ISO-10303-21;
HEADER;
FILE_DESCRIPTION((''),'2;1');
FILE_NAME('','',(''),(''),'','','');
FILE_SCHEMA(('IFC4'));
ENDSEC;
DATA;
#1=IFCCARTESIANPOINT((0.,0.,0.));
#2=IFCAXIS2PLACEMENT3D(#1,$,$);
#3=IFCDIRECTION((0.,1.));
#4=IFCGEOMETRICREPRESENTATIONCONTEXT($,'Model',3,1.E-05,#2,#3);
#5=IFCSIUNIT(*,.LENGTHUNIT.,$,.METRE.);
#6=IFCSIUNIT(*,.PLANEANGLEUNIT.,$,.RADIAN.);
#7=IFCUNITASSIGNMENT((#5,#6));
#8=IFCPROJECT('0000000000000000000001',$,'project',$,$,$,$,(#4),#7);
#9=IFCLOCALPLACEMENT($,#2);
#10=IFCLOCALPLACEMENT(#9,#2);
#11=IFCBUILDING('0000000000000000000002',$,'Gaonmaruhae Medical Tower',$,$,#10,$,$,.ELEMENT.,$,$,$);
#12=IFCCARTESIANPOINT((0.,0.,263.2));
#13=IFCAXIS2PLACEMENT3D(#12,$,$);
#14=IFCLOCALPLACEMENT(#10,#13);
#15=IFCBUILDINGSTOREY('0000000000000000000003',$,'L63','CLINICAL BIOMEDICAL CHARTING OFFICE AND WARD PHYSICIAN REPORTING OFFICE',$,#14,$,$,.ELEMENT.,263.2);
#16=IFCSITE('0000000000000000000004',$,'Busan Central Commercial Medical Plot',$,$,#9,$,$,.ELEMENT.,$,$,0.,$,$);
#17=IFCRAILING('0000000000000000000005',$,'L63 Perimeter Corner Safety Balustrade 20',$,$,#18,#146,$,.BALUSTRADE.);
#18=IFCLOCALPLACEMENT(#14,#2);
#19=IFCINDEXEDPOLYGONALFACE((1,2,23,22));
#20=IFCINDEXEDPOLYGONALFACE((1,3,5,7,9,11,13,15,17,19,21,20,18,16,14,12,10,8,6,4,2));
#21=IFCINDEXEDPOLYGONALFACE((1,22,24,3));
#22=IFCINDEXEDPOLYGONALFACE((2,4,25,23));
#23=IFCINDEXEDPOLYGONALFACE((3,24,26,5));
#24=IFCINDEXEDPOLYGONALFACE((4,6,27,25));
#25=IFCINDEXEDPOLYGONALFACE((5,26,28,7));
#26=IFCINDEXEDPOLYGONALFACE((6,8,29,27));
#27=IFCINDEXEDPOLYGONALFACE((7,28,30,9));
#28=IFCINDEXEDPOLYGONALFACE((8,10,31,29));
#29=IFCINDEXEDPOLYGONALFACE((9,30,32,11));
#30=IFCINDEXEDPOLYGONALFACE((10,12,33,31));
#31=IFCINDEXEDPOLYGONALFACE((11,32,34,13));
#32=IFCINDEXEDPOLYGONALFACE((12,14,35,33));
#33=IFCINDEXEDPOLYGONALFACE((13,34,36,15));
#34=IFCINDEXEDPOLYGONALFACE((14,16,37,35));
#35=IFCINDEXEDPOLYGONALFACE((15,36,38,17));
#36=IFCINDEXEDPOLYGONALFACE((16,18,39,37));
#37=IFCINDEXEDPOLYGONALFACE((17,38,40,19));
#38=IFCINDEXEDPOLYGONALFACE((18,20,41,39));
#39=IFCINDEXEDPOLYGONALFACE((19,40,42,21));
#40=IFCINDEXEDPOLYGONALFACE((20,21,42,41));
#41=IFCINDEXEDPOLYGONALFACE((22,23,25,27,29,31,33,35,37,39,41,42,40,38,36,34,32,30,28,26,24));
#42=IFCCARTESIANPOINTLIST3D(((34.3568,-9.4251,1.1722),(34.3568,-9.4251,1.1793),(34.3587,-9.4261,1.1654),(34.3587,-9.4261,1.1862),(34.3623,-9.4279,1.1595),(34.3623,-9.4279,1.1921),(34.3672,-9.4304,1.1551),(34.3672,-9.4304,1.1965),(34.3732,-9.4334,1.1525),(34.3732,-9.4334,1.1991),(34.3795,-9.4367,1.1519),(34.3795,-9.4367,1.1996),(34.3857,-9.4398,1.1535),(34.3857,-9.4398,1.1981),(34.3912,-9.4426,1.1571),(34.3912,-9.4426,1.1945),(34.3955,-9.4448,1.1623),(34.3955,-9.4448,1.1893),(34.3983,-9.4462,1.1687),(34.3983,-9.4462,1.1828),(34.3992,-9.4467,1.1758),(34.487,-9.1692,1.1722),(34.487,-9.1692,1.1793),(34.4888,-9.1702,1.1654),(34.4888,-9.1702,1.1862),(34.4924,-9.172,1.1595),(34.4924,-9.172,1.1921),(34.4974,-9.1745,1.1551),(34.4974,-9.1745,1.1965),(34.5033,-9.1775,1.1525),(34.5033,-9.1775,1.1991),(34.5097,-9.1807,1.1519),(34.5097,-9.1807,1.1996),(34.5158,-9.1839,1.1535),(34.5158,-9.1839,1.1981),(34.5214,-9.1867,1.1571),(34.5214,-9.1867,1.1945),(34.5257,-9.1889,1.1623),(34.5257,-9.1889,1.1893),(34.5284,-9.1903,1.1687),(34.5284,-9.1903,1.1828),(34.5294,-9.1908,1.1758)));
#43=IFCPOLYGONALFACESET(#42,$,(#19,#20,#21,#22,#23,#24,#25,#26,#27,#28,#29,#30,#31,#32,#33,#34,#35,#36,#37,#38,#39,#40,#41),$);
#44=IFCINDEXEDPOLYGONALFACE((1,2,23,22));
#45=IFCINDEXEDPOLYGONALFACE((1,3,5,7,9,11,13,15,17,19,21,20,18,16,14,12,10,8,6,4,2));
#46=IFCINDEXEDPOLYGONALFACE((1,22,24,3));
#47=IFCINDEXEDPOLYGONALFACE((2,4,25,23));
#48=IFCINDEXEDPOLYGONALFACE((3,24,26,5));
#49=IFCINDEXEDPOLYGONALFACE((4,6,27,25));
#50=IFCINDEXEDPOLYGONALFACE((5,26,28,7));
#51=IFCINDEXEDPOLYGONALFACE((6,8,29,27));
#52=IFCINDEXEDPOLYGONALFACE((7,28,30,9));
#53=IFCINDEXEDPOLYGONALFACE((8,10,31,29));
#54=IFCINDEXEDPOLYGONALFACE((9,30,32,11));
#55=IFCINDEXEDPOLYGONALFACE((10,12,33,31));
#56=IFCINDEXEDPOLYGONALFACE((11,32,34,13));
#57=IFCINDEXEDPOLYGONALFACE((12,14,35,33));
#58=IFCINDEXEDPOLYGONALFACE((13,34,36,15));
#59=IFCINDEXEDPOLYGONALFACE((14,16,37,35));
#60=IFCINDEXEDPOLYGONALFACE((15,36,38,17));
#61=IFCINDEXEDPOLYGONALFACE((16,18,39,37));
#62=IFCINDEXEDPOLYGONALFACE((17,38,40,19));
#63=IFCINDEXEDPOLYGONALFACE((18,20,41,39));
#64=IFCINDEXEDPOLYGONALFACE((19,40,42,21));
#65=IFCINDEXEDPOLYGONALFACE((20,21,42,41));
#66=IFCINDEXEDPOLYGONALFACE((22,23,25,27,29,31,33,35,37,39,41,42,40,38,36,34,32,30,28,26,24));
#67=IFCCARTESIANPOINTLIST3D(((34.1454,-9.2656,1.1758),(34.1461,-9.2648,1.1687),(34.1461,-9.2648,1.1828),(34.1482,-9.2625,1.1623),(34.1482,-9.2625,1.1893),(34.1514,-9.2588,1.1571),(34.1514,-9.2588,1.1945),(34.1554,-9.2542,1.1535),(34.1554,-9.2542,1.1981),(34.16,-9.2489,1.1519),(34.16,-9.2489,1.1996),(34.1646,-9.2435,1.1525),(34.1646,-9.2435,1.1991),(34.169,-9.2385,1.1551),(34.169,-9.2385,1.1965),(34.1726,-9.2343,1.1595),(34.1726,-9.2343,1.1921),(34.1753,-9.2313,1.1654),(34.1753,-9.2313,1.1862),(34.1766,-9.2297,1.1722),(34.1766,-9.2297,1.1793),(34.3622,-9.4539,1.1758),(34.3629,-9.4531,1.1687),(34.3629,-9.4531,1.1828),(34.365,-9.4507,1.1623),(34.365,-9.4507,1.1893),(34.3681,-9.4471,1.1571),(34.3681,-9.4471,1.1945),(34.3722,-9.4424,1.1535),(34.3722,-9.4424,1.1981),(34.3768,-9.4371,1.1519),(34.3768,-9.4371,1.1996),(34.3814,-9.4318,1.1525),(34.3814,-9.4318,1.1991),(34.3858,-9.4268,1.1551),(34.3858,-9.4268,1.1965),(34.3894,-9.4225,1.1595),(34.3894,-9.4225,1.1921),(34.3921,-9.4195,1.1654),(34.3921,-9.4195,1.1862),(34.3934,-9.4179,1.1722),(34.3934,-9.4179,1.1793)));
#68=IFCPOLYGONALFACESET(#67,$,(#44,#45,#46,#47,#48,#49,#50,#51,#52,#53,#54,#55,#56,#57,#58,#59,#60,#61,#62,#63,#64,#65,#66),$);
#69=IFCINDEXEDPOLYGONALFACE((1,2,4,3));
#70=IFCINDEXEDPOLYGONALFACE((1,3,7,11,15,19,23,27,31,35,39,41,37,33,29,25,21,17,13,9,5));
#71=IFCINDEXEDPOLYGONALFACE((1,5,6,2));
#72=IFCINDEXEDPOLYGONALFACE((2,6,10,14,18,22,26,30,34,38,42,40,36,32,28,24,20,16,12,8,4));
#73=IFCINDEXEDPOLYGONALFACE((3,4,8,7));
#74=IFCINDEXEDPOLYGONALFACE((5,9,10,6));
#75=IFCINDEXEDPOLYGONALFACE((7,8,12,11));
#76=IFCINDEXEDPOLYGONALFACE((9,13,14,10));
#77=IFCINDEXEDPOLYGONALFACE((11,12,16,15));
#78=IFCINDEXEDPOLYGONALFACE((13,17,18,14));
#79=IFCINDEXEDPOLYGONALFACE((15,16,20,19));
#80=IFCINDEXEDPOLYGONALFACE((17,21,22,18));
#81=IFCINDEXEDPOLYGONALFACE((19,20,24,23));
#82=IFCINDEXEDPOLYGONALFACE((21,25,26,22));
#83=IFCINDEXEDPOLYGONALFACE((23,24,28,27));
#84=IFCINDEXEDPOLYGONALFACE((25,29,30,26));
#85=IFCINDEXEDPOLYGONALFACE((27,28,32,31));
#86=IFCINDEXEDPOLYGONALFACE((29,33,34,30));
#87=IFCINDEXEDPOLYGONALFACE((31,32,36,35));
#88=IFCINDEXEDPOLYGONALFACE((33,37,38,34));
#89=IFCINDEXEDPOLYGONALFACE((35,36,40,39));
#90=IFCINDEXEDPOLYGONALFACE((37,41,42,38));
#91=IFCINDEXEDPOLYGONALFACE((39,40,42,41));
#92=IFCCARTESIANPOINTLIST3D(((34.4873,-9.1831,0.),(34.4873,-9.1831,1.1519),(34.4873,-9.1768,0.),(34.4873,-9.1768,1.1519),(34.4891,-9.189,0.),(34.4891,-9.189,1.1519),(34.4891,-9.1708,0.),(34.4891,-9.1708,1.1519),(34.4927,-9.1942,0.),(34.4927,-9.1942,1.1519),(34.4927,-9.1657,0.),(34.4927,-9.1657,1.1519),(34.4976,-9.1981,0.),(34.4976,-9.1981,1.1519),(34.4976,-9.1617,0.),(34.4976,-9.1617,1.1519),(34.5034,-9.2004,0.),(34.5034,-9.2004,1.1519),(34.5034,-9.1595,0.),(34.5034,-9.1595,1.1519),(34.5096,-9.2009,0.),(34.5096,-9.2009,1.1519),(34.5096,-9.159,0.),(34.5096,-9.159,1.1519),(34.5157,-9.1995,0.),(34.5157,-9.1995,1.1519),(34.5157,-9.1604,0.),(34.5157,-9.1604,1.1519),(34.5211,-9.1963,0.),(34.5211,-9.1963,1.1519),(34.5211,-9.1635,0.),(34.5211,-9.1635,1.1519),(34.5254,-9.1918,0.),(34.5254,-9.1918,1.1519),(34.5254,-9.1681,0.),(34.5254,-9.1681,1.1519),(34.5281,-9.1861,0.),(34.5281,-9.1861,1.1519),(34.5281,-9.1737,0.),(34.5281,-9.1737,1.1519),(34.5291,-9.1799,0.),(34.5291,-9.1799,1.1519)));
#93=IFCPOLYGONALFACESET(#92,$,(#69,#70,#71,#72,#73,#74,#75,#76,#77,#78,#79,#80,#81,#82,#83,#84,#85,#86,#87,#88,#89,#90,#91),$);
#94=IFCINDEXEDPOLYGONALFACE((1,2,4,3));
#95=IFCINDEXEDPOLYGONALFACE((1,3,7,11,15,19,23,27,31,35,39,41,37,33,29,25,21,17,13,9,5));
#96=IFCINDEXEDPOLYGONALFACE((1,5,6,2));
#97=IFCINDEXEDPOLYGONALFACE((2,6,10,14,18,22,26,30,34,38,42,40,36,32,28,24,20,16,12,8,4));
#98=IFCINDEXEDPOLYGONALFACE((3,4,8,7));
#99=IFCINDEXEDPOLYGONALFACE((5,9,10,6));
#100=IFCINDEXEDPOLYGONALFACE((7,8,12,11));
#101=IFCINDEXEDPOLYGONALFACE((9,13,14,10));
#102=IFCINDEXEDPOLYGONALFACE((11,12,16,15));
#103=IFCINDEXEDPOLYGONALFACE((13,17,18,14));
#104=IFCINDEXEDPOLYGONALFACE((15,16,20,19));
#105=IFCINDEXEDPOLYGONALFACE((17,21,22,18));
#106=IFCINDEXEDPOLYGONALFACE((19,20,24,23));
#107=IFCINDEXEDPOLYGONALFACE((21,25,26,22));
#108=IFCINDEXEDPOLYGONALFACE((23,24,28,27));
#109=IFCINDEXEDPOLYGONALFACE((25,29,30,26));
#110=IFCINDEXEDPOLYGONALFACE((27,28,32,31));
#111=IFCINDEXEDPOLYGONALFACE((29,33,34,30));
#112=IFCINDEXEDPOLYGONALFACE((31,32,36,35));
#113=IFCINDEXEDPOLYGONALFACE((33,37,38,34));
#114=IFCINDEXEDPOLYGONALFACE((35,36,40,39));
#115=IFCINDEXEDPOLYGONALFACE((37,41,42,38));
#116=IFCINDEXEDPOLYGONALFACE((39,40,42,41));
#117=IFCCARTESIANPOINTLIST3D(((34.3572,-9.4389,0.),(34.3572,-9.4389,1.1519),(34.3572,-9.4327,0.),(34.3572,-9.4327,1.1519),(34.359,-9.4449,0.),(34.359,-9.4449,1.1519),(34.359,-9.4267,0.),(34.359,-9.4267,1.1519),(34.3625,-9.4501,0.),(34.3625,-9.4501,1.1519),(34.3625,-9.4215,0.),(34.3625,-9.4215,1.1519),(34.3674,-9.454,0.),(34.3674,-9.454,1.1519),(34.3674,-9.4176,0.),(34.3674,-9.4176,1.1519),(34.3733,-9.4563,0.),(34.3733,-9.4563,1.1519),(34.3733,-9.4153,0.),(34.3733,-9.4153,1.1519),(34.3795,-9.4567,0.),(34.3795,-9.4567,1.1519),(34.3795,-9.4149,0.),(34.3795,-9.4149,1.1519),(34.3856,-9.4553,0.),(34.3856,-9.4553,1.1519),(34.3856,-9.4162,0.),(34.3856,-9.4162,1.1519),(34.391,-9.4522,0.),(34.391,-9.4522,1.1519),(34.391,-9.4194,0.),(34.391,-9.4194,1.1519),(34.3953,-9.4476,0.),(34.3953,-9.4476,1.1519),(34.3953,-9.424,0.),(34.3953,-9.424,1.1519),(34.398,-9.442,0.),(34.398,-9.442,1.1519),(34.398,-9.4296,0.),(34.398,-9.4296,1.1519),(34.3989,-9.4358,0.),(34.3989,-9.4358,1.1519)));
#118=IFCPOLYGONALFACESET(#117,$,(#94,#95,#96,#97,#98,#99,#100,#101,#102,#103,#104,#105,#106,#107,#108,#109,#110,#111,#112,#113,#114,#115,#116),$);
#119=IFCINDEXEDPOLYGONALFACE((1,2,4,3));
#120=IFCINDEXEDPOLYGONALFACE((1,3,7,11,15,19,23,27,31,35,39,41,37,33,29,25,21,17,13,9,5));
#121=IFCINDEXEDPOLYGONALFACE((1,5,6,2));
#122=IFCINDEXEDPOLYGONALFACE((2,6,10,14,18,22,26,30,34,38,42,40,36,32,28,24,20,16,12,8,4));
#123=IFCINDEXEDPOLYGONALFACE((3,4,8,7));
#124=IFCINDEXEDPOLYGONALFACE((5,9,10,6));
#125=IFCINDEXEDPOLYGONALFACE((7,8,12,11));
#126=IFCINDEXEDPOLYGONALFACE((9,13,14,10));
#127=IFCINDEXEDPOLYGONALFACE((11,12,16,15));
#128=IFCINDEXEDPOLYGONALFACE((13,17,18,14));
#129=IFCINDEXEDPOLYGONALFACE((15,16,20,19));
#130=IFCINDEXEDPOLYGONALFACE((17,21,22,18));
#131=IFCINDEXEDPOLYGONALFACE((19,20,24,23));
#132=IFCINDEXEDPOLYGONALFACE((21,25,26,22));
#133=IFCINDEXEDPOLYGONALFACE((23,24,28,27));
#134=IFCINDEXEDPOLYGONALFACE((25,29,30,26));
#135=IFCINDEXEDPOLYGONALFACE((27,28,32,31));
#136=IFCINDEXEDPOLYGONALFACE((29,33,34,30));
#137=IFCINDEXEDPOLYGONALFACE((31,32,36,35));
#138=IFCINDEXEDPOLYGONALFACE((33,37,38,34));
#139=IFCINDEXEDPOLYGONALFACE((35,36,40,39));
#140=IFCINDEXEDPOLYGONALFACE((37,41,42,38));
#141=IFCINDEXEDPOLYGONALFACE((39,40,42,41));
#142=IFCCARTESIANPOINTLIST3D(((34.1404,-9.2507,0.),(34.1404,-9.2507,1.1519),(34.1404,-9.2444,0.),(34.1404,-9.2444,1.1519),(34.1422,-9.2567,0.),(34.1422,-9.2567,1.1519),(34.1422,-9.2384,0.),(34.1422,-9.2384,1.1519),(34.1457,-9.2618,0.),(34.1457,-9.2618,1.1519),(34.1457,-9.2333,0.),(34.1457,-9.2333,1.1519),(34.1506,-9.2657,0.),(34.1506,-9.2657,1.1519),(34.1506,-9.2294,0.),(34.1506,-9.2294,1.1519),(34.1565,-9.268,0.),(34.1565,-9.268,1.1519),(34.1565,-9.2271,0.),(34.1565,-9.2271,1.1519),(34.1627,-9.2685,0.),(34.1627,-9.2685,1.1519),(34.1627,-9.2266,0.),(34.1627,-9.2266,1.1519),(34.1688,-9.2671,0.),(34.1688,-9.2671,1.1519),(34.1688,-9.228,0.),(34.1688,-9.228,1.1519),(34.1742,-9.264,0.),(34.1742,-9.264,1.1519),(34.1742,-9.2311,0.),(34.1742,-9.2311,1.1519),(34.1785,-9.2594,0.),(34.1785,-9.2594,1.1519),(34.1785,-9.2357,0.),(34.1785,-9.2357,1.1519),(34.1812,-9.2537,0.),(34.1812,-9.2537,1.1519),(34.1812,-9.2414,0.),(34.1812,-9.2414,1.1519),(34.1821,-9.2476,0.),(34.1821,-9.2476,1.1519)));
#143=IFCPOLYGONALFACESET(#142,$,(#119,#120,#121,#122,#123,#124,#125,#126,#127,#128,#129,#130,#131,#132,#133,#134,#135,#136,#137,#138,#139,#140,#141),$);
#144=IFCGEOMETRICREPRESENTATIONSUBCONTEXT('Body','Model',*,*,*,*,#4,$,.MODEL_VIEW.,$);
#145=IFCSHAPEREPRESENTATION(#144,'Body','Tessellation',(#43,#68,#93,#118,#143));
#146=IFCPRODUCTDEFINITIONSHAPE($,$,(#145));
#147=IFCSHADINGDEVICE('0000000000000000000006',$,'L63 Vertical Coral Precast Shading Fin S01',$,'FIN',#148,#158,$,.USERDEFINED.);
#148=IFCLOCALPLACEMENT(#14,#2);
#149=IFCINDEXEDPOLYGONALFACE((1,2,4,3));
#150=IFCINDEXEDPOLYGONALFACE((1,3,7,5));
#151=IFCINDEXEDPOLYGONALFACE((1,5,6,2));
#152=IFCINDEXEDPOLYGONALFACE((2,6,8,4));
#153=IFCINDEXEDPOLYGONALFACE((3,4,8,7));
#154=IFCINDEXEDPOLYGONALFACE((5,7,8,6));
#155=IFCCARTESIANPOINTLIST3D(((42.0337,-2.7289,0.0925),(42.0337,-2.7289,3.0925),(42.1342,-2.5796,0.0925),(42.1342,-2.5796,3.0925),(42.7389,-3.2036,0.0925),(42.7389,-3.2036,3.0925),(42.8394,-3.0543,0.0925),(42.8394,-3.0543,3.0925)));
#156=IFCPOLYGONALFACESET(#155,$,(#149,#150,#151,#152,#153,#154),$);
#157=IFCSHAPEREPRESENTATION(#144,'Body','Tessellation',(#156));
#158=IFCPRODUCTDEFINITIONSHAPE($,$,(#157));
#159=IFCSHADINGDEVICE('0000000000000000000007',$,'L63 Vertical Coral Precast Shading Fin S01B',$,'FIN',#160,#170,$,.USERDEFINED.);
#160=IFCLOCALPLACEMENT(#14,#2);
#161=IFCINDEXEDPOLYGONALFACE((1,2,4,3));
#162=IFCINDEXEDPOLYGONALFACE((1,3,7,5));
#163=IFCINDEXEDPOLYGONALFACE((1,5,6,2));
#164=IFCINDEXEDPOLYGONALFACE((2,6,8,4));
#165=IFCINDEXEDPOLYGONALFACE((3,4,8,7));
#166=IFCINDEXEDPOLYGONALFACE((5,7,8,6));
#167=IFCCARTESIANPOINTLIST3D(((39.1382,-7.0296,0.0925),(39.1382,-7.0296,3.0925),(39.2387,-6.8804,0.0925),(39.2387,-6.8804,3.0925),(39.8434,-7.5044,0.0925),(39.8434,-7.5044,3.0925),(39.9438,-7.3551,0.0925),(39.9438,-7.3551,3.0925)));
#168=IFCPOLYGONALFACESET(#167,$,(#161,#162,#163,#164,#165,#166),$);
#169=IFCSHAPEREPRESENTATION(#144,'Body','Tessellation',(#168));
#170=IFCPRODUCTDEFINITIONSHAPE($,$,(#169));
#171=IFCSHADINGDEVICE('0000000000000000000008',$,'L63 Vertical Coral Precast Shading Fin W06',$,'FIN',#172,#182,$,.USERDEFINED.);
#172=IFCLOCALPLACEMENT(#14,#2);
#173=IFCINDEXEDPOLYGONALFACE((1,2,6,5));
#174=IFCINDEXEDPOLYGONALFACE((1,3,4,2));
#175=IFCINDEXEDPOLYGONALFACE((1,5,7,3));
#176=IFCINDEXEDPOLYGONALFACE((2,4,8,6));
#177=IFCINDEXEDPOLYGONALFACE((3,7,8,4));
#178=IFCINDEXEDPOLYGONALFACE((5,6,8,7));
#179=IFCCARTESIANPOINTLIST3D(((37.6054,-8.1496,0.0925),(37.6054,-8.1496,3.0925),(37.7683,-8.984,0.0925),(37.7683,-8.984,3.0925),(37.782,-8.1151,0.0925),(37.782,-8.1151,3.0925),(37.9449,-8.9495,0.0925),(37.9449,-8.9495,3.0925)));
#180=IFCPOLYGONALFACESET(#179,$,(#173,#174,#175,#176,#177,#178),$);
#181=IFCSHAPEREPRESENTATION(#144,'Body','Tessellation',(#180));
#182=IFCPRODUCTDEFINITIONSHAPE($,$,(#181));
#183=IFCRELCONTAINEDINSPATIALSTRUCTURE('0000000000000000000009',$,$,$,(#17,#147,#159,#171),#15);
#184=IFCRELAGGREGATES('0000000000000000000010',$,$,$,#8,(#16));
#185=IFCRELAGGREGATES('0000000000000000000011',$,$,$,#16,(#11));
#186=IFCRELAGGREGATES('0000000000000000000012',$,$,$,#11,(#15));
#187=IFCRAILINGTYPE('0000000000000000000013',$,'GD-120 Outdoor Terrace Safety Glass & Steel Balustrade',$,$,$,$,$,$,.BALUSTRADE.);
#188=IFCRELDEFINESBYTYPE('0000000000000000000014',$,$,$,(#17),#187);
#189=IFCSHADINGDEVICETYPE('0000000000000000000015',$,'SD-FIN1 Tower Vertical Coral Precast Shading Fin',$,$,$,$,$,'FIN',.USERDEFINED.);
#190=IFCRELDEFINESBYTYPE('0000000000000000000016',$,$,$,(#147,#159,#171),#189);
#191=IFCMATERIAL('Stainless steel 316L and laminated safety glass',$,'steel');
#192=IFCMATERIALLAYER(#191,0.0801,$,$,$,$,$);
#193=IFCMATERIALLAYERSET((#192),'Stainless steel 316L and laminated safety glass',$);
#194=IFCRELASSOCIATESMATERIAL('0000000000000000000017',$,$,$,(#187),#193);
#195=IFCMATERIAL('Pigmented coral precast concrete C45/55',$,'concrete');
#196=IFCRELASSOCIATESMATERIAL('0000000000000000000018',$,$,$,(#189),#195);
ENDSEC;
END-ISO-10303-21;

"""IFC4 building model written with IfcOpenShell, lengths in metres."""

from ifc_helpers import new_model, si_unit, direction, frame, origin, origin_2d, place, context, subcontext, project, spatial, rectangle, circle, extrude, material, layer, layer_set, type_object, element, save


model = new_model("IFC4")

# Units and contexts
model_context = context("Model", 3, precision=1e-05, world=origin(), true_north=direction((0.0, 1.0)))
body_context = subcontext(model_context, "Body", "Model", "MODEL_VIEW")
ifc_project = project(units=[si_unit("LENGTHUNIT", "METRE"), si_unit("PLANEANGLEUNIT", "RADIAN")], contexts=[model_context])

# Site, building, storey
site_placement = place(None, origin())
site = spatial("IfcSite", under=ifc_project, at=site_placement, Name="Busan Central Commercial Medical Plot", CompositionType="ELEMENT", RefElevation=0.0)
building_placement = place(site_placement, origin())
building = spatial("IfcBuilding", under=site, at=building_placement, Name="Gaonmaruhae Medical Tower", CompositionType="ELEMENT")
storey_placement = place(building_placement, frame((0.0, 0.0, 263.2)))
storey = spatial("IfcBuildingStorey", under=building, at=storey_placement, Name="L63", Description="CLINICAL BIOMEDICAL CHARTING OFFICE AND WARD PHYSICIAN REPORTING OFFICE", CompositionType="ELEMENT", Elevation=263.2)

# Railing
ifc_material_1 = material(Name="Stainless steel 316L and laminated safety glass", Category="steel")
ifc_layer_1 = layer(ifc_material_1, 0.0801)
ifc_layer_set_1 = layer_set([ifc_layer_1], Name="Stainless steel 316L and laminated safety glass")
railing_type = type_object("IfcRailingType", Name="GD-120 Outdoor Terrace Safety Glass & Steel Balustrade", PredefinedType="BALUSTRADE", material=ifc_layer_set_1)
for number, where, name in (
    (1, (34.5081, -9.1799, 0.0), "L63 Perimeter Corner Safety Balustrade 20"),
):
    element("IfcRailing", number, at=place(storey_placement, frame(where)), inside=storey, type_object=railing_type, Name=name, PredefinedType="BALUSTRADE", context=body_context, shape_type="SweptSolid", body=[
        extrude(circle(Radius=0.0239, at=origin_2d()), frame((0.0, 0.0, 1.1758), z_axis=(-0.453327, -0.891344, 0.0), x_axis=(0.891344, -0.453327, 0.0)), (0.0, 0.0, 1.0), 0.2871),
        extrude(circle(Radius=0.0239, at=origin_2d()), frame((-0.1301, -0.2559, 1.1758), z_axis=(-0.7551, 0.65561, 0.0), x_axis=(-0.65561, -0.7551, 0.0)), (0.0, 0.0, 1.0), 0.2871),
        extrude(circle(Radius=0.021, at=origin_2d()), origin(), (0.0, 0.0, 1.0), 1.1519),
        extrude(circle(Radius=0.021, at=origin_2d()), frame((-0.1301, -0.2559, 0.0)), (0.0, 0.0, 1.0), 1.1519),
        extrude(circle(Radius=0.021, at=origin_2d()), frame((-0.3469, -0.0676, 0.0)), (0.0, 0.0, 1.0), 1.1519),
    ])

# Shading devices
ifc_material_2 = material(Name="Pigmented coral precast concrete C45/55", Category="concrete")
shading_device_type = type_object("IfcShadingDeviceType", Name="SD-FIN1 Tower Vertical Coral Precast Shading Fin", ElementType="FIN", PredefinedType="USERDEFINED", material=ifc_material_2)
for number, where, z_axis, x_axis, name in (
    (2, (42.4365, -2.8916, 0.0925), (0.0, 0.0, 1.0), (-0.558469, -0.829525, 0.0), "L63 Vertical Coral Precast Shading Fin S01"),
    (3, (39.541, -7.1924, 0.0925), (0.0, 0.0, 1.0), (-0.558469, -0.829525, 0.0), "L63 Vertical Coral Precast Shading Fin S01B"),
    (4, (37.7751, -8.5496, 0.0925), (0.0, 0.0, 1.0), (-0.98146, -0.191666, 0.0), "L63 Vertical Coral Precast Shading Fin W06"),
):
    element("IfcShadingDevice", number, at=place(storey_placement, frame(where, z_axis=z_axis, x_axis=x_axis)), inside=storey, type_object=shading_device_type, Name=name, ObjectType="FIN", PredefinedType="USERDEFINED", context=body_context, shape_type="SweptSolid", body=[
        extrude(rectangle(XDim=0.1799, YDim=0.8501, at=origin_2d()), origin(), (0.0, 0.0, 1.0), 3.0),
    ])

save(model, "model.ifc")
